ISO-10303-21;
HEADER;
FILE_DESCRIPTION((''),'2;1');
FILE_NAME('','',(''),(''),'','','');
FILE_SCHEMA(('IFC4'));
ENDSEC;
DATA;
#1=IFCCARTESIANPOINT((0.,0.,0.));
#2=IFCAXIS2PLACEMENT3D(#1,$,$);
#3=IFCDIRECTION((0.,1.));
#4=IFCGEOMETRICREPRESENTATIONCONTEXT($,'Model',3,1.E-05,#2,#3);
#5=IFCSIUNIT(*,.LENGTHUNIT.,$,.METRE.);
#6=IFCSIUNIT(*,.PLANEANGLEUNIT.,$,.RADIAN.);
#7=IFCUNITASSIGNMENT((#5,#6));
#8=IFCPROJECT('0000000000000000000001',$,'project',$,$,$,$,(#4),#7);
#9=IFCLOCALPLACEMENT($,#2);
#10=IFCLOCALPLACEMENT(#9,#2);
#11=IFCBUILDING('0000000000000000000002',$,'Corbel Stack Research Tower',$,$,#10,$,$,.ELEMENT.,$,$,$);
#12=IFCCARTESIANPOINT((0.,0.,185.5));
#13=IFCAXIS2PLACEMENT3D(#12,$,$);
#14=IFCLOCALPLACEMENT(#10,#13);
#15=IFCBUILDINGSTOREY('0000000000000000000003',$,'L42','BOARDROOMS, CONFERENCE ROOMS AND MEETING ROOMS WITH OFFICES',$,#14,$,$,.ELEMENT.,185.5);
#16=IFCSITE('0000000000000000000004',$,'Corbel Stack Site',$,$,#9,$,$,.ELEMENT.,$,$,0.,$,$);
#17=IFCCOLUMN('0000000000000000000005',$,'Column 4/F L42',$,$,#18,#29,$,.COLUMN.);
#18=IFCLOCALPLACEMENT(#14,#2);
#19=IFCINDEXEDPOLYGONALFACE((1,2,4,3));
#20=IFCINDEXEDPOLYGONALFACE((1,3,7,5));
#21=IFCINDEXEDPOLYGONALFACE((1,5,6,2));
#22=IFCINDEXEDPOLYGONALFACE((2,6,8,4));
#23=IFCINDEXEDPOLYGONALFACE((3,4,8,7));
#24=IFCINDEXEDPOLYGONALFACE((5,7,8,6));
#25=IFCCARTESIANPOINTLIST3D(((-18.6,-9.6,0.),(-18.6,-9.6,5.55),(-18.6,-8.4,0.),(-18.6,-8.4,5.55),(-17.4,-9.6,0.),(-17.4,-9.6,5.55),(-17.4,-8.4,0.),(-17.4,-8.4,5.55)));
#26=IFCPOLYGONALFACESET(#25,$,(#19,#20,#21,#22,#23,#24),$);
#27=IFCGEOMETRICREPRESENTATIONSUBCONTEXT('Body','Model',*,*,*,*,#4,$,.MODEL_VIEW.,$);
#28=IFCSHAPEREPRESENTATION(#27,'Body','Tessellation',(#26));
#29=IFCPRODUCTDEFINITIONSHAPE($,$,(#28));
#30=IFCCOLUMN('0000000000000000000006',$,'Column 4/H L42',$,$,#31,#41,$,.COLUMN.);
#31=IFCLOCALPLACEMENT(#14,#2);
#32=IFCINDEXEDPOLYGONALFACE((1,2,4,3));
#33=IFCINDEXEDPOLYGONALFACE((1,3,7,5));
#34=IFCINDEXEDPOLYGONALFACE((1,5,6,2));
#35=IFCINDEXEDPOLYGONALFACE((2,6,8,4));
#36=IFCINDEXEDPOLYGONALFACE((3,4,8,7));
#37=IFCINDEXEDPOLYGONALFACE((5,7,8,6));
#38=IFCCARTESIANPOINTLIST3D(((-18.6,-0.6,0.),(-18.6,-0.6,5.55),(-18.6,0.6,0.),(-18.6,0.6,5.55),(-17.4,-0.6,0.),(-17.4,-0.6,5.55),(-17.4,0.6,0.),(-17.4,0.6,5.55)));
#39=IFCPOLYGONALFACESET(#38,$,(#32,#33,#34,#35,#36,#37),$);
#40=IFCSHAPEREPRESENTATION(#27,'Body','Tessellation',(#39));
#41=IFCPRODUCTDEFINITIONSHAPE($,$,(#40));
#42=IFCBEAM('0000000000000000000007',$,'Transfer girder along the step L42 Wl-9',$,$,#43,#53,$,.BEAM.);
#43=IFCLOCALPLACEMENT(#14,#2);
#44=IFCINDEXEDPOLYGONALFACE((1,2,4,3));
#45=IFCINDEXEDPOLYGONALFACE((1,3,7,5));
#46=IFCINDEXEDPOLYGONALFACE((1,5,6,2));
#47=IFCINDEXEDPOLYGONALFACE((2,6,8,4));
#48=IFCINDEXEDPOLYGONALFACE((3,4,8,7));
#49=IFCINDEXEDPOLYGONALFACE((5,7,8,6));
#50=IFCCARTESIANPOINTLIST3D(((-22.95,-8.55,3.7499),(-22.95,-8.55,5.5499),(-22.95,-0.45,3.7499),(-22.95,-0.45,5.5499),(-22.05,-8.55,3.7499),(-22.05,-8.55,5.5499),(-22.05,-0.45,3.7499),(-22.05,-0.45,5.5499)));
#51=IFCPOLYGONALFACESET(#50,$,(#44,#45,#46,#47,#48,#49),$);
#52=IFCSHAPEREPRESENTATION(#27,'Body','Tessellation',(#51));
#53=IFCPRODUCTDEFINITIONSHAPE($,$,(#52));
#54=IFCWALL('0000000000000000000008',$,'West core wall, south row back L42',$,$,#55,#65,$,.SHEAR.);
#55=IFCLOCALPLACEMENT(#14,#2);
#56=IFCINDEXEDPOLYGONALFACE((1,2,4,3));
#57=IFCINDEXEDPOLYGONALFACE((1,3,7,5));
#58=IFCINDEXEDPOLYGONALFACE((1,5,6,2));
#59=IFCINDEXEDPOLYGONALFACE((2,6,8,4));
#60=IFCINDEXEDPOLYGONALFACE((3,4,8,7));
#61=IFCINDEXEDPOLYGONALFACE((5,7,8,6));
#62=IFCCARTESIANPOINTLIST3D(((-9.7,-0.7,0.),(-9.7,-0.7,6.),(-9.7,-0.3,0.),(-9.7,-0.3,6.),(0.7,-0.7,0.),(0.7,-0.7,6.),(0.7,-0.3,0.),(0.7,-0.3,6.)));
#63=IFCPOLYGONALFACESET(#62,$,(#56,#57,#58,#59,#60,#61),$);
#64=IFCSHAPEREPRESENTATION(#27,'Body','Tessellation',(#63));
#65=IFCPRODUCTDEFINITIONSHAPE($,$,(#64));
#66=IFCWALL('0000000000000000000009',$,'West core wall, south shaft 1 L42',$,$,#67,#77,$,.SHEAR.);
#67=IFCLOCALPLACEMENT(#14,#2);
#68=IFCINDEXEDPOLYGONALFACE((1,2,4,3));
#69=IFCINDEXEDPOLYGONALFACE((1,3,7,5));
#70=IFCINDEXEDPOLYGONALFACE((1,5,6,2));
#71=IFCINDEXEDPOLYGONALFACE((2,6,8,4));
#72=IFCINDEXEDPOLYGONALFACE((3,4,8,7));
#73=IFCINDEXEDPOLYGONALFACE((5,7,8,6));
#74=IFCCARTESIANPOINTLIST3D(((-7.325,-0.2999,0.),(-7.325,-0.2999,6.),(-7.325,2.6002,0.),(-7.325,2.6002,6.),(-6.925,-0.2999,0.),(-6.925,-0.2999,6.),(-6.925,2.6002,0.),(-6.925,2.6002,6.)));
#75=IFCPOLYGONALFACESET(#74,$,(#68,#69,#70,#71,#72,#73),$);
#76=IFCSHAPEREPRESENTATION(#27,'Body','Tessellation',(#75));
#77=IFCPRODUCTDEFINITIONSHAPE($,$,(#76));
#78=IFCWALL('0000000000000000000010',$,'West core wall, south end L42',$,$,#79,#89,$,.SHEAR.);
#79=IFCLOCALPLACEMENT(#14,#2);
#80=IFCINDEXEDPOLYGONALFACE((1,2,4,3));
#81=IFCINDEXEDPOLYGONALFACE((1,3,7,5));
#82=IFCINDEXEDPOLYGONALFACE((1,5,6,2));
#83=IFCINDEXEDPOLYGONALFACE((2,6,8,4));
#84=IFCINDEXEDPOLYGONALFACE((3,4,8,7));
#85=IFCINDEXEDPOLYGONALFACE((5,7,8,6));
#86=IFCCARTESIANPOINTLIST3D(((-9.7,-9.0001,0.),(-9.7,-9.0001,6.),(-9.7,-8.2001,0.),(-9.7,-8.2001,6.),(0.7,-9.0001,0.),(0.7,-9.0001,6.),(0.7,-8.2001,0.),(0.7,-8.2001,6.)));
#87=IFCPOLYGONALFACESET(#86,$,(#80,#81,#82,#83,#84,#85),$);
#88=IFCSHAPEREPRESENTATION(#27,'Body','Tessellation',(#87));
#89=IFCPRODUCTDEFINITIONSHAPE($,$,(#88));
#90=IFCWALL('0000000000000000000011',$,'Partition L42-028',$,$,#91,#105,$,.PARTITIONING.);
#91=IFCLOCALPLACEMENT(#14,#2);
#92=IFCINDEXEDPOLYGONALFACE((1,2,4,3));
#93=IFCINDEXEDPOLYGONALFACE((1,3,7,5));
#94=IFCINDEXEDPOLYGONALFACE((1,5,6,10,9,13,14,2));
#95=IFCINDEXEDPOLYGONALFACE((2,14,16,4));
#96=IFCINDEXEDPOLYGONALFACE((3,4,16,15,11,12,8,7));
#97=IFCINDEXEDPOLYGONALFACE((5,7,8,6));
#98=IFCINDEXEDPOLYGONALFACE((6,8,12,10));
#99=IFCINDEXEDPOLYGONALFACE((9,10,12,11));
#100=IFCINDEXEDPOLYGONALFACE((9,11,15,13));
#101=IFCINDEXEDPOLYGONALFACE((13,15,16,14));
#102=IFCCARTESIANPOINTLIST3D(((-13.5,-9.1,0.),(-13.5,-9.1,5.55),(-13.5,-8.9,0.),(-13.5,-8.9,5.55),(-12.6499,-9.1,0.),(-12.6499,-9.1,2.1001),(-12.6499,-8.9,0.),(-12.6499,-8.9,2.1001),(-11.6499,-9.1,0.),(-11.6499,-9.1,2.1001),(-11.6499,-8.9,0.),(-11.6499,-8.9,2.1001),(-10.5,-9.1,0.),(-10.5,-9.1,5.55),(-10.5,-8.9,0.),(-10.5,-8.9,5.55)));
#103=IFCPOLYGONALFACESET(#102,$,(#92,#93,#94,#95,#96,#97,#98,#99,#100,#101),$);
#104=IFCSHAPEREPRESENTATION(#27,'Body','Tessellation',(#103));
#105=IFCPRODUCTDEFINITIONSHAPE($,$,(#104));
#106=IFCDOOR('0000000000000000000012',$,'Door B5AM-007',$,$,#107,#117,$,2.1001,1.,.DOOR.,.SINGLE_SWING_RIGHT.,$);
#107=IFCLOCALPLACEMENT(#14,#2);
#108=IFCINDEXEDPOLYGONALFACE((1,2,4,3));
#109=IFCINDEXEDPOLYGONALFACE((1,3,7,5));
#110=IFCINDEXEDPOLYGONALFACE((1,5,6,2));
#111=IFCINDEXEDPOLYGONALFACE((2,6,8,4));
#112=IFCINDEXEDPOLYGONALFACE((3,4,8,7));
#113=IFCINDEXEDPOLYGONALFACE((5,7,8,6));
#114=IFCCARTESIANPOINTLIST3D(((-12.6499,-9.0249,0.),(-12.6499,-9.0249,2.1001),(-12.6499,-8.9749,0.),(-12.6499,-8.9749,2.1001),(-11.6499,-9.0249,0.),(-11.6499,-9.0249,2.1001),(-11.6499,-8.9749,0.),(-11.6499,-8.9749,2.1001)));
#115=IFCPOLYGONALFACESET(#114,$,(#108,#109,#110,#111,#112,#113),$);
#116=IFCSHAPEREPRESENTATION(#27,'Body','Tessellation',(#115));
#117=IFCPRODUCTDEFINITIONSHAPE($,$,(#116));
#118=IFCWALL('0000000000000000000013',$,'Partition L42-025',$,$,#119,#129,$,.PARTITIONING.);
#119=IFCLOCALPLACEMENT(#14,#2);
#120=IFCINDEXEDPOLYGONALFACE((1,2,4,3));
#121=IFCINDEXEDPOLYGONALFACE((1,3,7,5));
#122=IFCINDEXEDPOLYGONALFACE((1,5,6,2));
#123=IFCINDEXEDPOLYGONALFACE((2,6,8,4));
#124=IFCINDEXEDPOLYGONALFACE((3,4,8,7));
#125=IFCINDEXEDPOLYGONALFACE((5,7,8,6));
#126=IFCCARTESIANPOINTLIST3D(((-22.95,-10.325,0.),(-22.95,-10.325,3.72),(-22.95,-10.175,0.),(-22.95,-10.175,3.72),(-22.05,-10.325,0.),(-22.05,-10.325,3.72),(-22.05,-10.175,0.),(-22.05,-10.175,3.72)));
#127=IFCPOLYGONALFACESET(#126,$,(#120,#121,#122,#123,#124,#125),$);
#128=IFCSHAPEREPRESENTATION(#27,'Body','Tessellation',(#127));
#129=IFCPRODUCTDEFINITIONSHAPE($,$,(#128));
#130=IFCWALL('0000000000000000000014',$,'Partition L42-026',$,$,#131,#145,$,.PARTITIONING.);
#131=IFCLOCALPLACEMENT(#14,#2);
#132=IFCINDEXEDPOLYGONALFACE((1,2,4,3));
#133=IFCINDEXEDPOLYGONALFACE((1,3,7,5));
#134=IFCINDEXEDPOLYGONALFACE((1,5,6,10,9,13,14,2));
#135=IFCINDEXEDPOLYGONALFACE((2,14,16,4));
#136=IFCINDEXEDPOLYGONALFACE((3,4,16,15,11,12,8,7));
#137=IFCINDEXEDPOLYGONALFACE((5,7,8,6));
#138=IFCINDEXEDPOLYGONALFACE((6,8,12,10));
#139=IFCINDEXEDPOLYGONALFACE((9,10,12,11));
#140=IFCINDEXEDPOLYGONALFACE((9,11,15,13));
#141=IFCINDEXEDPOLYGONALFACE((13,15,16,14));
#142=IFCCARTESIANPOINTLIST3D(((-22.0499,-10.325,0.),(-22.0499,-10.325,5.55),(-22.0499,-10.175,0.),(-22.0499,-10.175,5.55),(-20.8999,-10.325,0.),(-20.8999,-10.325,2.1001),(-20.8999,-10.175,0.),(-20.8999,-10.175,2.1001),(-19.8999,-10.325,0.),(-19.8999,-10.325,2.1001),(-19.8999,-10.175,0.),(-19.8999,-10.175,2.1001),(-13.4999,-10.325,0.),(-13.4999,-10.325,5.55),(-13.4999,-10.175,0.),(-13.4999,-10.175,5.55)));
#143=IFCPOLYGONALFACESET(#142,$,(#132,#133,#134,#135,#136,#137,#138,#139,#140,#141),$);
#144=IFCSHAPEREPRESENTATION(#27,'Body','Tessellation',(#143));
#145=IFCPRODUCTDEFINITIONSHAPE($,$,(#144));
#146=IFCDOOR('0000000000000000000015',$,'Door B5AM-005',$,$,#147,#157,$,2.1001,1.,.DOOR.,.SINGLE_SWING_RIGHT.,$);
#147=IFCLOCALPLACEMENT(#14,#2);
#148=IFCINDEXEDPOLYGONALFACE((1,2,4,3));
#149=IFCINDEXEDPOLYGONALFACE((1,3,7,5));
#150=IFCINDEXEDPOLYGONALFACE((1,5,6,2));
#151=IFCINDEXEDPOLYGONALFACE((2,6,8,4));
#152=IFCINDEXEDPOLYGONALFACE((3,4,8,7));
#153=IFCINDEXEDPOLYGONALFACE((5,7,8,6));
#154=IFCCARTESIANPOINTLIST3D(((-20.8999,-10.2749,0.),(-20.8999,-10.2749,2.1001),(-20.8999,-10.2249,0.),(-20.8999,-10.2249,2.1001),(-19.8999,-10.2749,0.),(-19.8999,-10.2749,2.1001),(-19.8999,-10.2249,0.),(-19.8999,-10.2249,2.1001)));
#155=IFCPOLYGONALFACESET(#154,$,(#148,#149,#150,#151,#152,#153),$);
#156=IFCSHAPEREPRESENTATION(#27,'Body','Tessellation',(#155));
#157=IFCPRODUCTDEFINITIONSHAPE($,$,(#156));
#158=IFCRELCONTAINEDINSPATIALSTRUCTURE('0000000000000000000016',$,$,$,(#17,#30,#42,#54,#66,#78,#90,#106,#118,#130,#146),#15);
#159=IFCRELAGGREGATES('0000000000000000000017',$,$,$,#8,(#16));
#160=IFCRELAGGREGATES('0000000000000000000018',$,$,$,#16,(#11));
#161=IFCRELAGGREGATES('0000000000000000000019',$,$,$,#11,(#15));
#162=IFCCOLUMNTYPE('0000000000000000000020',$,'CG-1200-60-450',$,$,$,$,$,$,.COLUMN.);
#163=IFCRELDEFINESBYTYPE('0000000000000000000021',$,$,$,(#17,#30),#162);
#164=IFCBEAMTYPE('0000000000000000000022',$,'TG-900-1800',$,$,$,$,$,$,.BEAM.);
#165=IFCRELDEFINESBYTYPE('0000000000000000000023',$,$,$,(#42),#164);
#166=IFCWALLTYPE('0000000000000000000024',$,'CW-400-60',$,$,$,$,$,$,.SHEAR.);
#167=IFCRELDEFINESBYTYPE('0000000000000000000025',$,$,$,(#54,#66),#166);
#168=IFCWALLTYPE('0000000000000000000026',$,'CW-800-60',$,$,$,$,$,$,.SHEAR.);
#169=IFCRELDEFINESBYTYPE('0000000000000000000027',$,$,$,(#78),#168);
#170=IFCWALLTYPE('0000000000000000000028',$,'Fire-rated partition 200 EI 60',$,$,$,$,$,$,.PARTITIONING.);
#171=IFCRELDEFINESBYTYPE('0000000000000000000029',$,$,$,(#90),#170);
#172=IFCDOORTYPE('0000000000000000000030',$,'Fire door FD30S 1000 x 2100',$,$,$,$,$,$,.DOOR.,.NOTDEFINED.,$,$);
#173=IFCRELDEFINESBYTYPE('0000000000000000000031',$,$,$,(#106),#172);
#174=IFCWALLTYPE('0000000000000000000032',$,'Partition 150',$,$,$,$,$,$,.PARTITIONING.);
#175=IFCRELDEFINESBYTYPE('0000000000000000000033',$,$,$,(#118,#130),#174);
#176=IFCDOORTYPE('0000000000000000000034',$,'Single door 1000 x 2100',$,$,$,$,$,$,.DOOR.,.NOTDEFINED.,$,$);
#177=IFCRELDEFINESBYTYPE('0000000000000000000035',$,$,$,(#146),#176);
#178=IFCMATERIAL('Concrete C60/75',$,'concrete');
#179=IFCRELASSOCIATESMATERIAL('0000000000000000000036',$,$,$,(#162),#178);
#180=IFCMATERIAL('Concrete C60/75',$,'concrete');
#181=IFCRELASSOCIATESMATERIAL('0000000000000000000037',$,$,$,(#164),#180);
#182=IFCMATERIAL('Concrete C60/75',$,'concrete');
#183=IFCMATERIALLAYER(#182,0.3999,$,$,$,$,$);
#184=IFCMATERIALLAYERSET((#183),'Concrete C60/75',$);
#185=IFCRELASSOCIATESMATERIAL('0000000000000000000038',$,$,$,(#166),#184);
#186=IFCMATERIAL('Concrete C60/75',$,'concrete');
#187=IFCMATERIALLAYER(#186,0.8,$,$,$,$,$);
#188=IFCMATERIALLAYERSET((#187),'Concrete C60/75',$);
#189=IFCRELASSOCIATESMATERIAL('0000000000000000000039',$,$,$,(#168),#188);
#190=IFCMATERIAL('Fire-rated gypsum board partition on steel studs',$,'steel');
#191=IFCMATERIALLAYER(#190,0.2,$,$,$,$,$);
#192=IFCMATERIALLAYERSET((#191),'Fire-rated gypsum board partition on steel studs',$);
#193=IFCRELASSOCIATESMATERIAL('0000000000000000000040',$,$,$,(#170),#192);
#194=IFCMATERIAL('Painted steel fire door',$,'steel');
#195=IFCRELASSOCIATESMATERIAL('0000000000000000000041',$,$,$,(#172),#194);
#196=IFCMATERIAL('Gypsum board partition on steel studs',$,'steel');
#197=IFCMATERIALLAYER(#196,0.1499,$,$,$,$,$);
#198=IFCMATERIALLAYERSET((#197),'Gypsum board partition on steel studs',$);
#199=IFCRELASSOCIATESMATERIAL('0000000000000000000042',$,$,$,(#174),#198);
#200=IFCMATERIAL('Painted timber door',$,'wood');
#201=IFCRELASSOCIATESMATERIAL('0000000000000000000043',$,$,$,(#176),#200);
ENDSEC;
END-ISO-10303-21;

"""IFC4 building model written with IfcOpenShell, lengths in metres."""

from ifc_helpers import new_model, si_unit, direction, frame, frame_2d, origin, origin_2d, place, context, subcontext, project, spatial, rectangle, extrude, material, layer, layer_set, material_profile, profile_set, type_object, element, fill, save


model = new_model("IFC4")

# Units and contexts
model_context = context("Model", 3, precision=1e-05, world=origin(), true_north=direction((0.0, 1.0)))
body_context = subcontext(model_context, "Body", "Model", "MODEL_VIEW")
ifc_project = project(units=[si_unit("LENGTHUNIT", "METRE"), si_unit("PLANEANGLEUNIT", "RADIAN")], contexts=[model_context])

# Site, building, storey
site_placement = place(None, origin())
site = spatial("IfcSite", under=ifc_project, at=site_placement, Name="Corbel Stack Site", CompositionType="ELEMENT", RefElevation=0.0)
building_placement = place(site_placement, origin())
building = spatial("IfcBuilding", under=site, at=building_placement, Name="Corbel Stack Research Tower", CompositionType="ELEMENT")
storey_placement = place(building_placement, frame((0.0, 0.0, 185.5)))
storey = spatial("IfcBuildingStorey", under=building, at=storey_placement, Name="L42", Description="BOARDROOMS, CONFERENCE ROOMS AND MEETING ROOMS WITH OFFICES", CompositionType="ELEMENT", Elevation=185.5)

# Columns
ifc_material_1 = material(Name="Concrete C60/75", Category="concrete")
ifc_material_profile_1 = material_profile(ifc_material_1, rectangle(XDim=1.2, YDim=1.2, at=origin_2d()), Name="RC 1200 x 1200")
ifc_profile_set_1 = profile_set([ifc_material_profile_1], Name="Concrete C60/75")
column_type = type_object("IfcColumnType", Name="CG-1200-60-450", PredefinedType="COLUMN", material=ifc_profile_set_1)
for number, where, z_axis, x_axis, name in (
    (1, (-18.0, -9.0, 0.0), (0.0, 0.0, 1.0), (1.0, 0.0, 0.0), "Column 4/F L42"),
    (2, (-18.0, 0.0, 0.0), (0.0, 0.0, 1.0), (1.0, 0.0, 0.0), "Column 4/H L42"),
):
    element("IfcColumn", number, at=place(storey_placement, frame(where, z_axis=z_axis, x_axis=x_axis)), inside=storey, type_object=column_type, Name=name, PredefinedType="COLUMN", context=body_context, shape_type="SweptSolid", body=[
        extrude(rectangle(XDim=1.2, YDim=1.2, at=origin_2d()), origin(), (0.0, 0.0, 1.0), 5.55),
    ])

# Beam
ifc_material_2 = material(Name="Concrete C60/75", Category="concrete")
ifc_material_profile_2 = material_profile(ifc_material_2, rectangle(XDim=0.8999, YDim=1.8, at=origin_2d()), Name="RC 900 x 1800")
ifc_profile_set_2 = profile_set([ifc_material_profile_2], Name="Concrete C60/75")
beam_type = type_object("IfcBeamType", Name="TG-900-1800", PredefinedType="BEAM", material=ifc_profile_set_2)
beam_placement = place(storey_placement, frame((-22.5, -8.55, 4.6499), z_axis=(0.0, 1.0, 0.0), x_axis=(-1.0, 0.0, 0.0)))
element("IfcBeam", 3, at=beam_placement, inside=storey, type_object=beam_type, Name="Transfer girder along the step L42 Wl-9", PredefinedType="BEAM", context=body_context, shape_type="SweptSolid", body=[
    extrude(rectangle(XDim=0.8999, YDim=1.8, at=origin_2d()), origin(), (0.0, 0.0, 1.0), 8.1001),
])

# Walls
ifc_material_3 = material(Name="Concrete C60/75", Category="concrete")
ifc_layer_1 = layer(ifc_material_3, 0.3999)
ifc_layer_set_1 = layer_set([ifc_layer_1], Name="Concrete C60/75")
wall_type_1 = type_object("IfcWallType", Name="CW-400-60", PredefinedType="SHEAR", material=ifc_layer_set_1)
wall_1_placement = place(storey_placement, frame((-9.7, -0.5, 0.0), z_axis=(0.0, 0.0, 1.0), x_axis=(1.0, 0.0, 0.0)))
element("IfcWall", 4, at=wall_1_placement, inside=storey, type_object=wall_type_1, Name="West core wall, south row back L42", PredefinedType="SHEAR", context=body_context, shape_type="SweptSolid", body=[
    extrude(rectangle(XDim=10.3999, YDim=0.3999, at=frame_2d((5.2, 0.0))), origin(), (0.0, 0.0, 1.0), 6.0),
])
wall_2_placement = place(storey_placement, frame((-7.125, -0.3, 0.0), z_axis=(0.0, 0.0, 1.0), x_axis=(0.0, 1.0, 0.0)))
element("IfcWall", 5, at=wall_2_placement, inside=storey, type_object=wall_type_1, Name="West core wall, south shaft 1 L42", PredefinedType="SHEAR", context=body_context, shape_type="SweptSolid", body=[
    extrude(rectangle(XDim=2.9001, YDim=0.3999, at=frame_2d((1.4502, 0.0))), origin(), (0.0, 0.0, 1.0), 6.0),
])

# Shared definitions
ifc_material_4 = material(Name="Concrete C60/75", Category="concrete")
ifc_layer_2 = layer(ifc_material_4, 0.8)
ifc_layer_set_2 = layer_set([ifc_layer_2], Name="Concrete C60/75")
wall_type_2 = type_object("IfcWallType", Name="CW-800-60", PredefinedType="SHEAR", material=ifc_layer_set_2)

# Wall
wall_3_placement = place(storey_placement, frame((-9.7, -8.6001, 0.0), z_axis=(0.0, 0.0, 1.0), x_axis=(1.0, 0.0, 0.0)))
element("IfcWall", 6, at=wall_3_placement, inside=storey, type_object=wall_type_2, Name="West core wall, south end L42", PredefinedType="SHEAR", context=body_context, shape_type="SweptSolid", body=[
    extrude(rectangle(XDim=10.3999, YDim=0.8, at=frame_2d((5.2, 0.0))), origin(), (0.0, 0.0, 1.0), 6.0),
])

# Wall, opening, door
ifc_material_5 = material(Name="Fire-rated gypsum board partition on steel studs", Category="steel")
ifc_layer_3 = layer(ifc_material_5, 0.2)
ifc_layer_set_3 = layer_set([ifc_layer_3], Name="Fire-rated gypsum board partition on steel studs")
wall_type_3 = type_object("IfcWallType", Name="Fire-rated partition 200 EI 60", PredefinedType="PARTITIONING", material=ifc_layer_set_3)
wall_4_placement = place(storey_placement, frame((-10.5, -9.0, 0.0), z_axis=(0.0, 0.0, 1.0), x_axis=(-1.0, 0.0, 0.0)))
wall_4 = element("IfcWall", 7, at=wall_4_placement, inside=storey, type_object=wall_type_3, Name="Partition L42-028", PredefinedType="PARTITIONING", context=body_context, shape_type="SweptSolid", body=[
    extrude(rectangle(XDim=3.0, YDim=0.2, at=frame_2d((1.5, 0.0))), origin(), (0.0, 0.0, 1.0), 5.55),
])
opening_1_placement = place(wall_4_placement, frame((1.1499, 0.0, 0.0)))
opening_1 = element("IfcOpeningElement", 8, at=opening_1_placement, cuts=wall_4, PredefinedType="OPENING", context=body_context, shape_type="SweptSolid", body=[
    extrude(rectangle(XDim=1.0, YDim=2.1001, at=frame_2d((0.5, 1.05))), frame((0.0, 0.1099, 0.0), z_axis=(0.0, -1.0, 0.0), x_axis=(1.0, 0.0, 0.0)), (0.0, 0.0, 1.0), 0.22),
])
ifc_material_6 = material(Name="Painted steel fire door", Category="steel")
door_type_1 = type_object("IfcDoorType", Name="Fire door FD30S 1000 x 2100", OperationType="NOTDEFINED", PredefinedType="DOOR", material=ifc_material_6)
door_1_placement = place(opening_1_placement, origin())
door_1 = element("IfcDoor", 9, at=door_1_placement, inside=storey, type_object=door_type_1, Name="Door B5AM-007", OperationType="SINGLE_SWING_RIGHT", OverallHeight=2.1001, OverallWidth=1.0, PredefinedType="DOOR", context=body_context, shape_type="SweptSolid", body=[
    extrude(rectangle(XDim=1.0, YDim=2.1001, at=frame_2d((0.5, 1.05))), frame((0.0, 0.0249, 0.0), z_axis=(0.0, -1.0, 0.0), x_axis=(1.0, 0.0, 0.0)), (0.0, 0.0, 1.0), 0.05),
])
fill(opening_1, door_1)

# Wall
ifc_material_7 = material(Name="Gypsum board partition on steel studs", Category="steel")
ifc_layer_4 = layer(ifc_material_7, 0.1499)
ifc_layer_set_4 = layer_set([ifc_layer_4], Name="Gypsum board partition on steel studs")
wall_type_4 = type_object("IfcWallType", Name="Partition 150", PredefinedType="PARTITIONING", material=ifc_layer_set_4)
wall_5_placement = place(storey_placement, frame((-22.95, -10.25, 0.0), z_axis=(0.0, 0.0, 1.0), x_axis=(1.0, 0.0, 0.0)))
element("IfcWall", 10, at=wall_5_placement, inside=storey, type_object=wall_type_4, Name="Partition L42-025", PredefinedType="PARTITIONING", context=body_context, shape_type="SweptSolid", body=[
    extrude(rectangle(XDim=0.8999, YDim=0.1499, at=frame_2d((0.45, 0.0))), origin(), (0.0, 0.0, 1.0), 3.72),
])

# Wall, opening, door
wall_6_placement = place(storey_placement, frame((-13.5, -10.25, 0.0), z_axis=(0.0, 0.0, 1.0), x_axis=(-1.0, 0.0, 0.0)))
wall_6 = element("IfcWall", 11, at=wall_6_placement, inside=storey, type_object=wall_type_4, Name="Partition L42-026", PredefinedType="PARTITIONING", context=body_context, shape_type="SweptSolid", body=[
    extrude(rectangle(XDim=8.55, YDim=0.1499, at=frame_2d((4.2749, 0.0))), origin(), (0.0, 0.0, 1.0), 5.55),
])
opening_2_placement = place(wall_6_placement, frame((6.3999, 0.0, 0.0)))
opening_2 = element("IfcOpeningElement", 12, at=opening_2_placement, cuts=wall_6, PredefinedType="OPENING", context=body_context, shape_type="SweptSolid", body=[
    extrude(rectangle(XDim=1.0, YDim=2.1001, at=frame_2d((0.5, 1.05))), frame((0.0, 0.085, 0.0), z_axis=(0.0, -1.0, 0.0), x_axis=(1.0, 0.0, 0.0)), (0.0, 0.0, 1.0), 0.1699),
])
ifc_material_8 = material(Name="Painted timber door", Category="wood")
door_type_2 = type_object("IfcDoorType", Name="Single door 1000 x 2100", OperationType="NOTDEFINED", PredefinedType="DOOR", material=ifc_material_8)
door_2_placement = place(opening_2_placement, origin())
door_2 = element("IfcDoor", 13, at=door_2_placement, inside=storey, type_object=door_type_2, Name="Door B5AM-005", OperationType="SINGLE_SWING_RIGHT", OverallHeight=2.1001, OverallWidth=1.0, PredefinedType="DOOR", context=body_context, shape_type="SweptSolid", body=[
    extrude(rectangle(XDim=1.0, YDim=2.1001, at=frame_2d((0.5, 1.05))), frame((0.0, 0.0249, 0.0), z_axis=(0.0, -1.0, 0.0), x_axis=(1.0, 0.0, 0.0)), (0.0, 0.0, 1.0), 0.05),
])
fill(opening_2, door_2)

save(model, "model.ifc")
